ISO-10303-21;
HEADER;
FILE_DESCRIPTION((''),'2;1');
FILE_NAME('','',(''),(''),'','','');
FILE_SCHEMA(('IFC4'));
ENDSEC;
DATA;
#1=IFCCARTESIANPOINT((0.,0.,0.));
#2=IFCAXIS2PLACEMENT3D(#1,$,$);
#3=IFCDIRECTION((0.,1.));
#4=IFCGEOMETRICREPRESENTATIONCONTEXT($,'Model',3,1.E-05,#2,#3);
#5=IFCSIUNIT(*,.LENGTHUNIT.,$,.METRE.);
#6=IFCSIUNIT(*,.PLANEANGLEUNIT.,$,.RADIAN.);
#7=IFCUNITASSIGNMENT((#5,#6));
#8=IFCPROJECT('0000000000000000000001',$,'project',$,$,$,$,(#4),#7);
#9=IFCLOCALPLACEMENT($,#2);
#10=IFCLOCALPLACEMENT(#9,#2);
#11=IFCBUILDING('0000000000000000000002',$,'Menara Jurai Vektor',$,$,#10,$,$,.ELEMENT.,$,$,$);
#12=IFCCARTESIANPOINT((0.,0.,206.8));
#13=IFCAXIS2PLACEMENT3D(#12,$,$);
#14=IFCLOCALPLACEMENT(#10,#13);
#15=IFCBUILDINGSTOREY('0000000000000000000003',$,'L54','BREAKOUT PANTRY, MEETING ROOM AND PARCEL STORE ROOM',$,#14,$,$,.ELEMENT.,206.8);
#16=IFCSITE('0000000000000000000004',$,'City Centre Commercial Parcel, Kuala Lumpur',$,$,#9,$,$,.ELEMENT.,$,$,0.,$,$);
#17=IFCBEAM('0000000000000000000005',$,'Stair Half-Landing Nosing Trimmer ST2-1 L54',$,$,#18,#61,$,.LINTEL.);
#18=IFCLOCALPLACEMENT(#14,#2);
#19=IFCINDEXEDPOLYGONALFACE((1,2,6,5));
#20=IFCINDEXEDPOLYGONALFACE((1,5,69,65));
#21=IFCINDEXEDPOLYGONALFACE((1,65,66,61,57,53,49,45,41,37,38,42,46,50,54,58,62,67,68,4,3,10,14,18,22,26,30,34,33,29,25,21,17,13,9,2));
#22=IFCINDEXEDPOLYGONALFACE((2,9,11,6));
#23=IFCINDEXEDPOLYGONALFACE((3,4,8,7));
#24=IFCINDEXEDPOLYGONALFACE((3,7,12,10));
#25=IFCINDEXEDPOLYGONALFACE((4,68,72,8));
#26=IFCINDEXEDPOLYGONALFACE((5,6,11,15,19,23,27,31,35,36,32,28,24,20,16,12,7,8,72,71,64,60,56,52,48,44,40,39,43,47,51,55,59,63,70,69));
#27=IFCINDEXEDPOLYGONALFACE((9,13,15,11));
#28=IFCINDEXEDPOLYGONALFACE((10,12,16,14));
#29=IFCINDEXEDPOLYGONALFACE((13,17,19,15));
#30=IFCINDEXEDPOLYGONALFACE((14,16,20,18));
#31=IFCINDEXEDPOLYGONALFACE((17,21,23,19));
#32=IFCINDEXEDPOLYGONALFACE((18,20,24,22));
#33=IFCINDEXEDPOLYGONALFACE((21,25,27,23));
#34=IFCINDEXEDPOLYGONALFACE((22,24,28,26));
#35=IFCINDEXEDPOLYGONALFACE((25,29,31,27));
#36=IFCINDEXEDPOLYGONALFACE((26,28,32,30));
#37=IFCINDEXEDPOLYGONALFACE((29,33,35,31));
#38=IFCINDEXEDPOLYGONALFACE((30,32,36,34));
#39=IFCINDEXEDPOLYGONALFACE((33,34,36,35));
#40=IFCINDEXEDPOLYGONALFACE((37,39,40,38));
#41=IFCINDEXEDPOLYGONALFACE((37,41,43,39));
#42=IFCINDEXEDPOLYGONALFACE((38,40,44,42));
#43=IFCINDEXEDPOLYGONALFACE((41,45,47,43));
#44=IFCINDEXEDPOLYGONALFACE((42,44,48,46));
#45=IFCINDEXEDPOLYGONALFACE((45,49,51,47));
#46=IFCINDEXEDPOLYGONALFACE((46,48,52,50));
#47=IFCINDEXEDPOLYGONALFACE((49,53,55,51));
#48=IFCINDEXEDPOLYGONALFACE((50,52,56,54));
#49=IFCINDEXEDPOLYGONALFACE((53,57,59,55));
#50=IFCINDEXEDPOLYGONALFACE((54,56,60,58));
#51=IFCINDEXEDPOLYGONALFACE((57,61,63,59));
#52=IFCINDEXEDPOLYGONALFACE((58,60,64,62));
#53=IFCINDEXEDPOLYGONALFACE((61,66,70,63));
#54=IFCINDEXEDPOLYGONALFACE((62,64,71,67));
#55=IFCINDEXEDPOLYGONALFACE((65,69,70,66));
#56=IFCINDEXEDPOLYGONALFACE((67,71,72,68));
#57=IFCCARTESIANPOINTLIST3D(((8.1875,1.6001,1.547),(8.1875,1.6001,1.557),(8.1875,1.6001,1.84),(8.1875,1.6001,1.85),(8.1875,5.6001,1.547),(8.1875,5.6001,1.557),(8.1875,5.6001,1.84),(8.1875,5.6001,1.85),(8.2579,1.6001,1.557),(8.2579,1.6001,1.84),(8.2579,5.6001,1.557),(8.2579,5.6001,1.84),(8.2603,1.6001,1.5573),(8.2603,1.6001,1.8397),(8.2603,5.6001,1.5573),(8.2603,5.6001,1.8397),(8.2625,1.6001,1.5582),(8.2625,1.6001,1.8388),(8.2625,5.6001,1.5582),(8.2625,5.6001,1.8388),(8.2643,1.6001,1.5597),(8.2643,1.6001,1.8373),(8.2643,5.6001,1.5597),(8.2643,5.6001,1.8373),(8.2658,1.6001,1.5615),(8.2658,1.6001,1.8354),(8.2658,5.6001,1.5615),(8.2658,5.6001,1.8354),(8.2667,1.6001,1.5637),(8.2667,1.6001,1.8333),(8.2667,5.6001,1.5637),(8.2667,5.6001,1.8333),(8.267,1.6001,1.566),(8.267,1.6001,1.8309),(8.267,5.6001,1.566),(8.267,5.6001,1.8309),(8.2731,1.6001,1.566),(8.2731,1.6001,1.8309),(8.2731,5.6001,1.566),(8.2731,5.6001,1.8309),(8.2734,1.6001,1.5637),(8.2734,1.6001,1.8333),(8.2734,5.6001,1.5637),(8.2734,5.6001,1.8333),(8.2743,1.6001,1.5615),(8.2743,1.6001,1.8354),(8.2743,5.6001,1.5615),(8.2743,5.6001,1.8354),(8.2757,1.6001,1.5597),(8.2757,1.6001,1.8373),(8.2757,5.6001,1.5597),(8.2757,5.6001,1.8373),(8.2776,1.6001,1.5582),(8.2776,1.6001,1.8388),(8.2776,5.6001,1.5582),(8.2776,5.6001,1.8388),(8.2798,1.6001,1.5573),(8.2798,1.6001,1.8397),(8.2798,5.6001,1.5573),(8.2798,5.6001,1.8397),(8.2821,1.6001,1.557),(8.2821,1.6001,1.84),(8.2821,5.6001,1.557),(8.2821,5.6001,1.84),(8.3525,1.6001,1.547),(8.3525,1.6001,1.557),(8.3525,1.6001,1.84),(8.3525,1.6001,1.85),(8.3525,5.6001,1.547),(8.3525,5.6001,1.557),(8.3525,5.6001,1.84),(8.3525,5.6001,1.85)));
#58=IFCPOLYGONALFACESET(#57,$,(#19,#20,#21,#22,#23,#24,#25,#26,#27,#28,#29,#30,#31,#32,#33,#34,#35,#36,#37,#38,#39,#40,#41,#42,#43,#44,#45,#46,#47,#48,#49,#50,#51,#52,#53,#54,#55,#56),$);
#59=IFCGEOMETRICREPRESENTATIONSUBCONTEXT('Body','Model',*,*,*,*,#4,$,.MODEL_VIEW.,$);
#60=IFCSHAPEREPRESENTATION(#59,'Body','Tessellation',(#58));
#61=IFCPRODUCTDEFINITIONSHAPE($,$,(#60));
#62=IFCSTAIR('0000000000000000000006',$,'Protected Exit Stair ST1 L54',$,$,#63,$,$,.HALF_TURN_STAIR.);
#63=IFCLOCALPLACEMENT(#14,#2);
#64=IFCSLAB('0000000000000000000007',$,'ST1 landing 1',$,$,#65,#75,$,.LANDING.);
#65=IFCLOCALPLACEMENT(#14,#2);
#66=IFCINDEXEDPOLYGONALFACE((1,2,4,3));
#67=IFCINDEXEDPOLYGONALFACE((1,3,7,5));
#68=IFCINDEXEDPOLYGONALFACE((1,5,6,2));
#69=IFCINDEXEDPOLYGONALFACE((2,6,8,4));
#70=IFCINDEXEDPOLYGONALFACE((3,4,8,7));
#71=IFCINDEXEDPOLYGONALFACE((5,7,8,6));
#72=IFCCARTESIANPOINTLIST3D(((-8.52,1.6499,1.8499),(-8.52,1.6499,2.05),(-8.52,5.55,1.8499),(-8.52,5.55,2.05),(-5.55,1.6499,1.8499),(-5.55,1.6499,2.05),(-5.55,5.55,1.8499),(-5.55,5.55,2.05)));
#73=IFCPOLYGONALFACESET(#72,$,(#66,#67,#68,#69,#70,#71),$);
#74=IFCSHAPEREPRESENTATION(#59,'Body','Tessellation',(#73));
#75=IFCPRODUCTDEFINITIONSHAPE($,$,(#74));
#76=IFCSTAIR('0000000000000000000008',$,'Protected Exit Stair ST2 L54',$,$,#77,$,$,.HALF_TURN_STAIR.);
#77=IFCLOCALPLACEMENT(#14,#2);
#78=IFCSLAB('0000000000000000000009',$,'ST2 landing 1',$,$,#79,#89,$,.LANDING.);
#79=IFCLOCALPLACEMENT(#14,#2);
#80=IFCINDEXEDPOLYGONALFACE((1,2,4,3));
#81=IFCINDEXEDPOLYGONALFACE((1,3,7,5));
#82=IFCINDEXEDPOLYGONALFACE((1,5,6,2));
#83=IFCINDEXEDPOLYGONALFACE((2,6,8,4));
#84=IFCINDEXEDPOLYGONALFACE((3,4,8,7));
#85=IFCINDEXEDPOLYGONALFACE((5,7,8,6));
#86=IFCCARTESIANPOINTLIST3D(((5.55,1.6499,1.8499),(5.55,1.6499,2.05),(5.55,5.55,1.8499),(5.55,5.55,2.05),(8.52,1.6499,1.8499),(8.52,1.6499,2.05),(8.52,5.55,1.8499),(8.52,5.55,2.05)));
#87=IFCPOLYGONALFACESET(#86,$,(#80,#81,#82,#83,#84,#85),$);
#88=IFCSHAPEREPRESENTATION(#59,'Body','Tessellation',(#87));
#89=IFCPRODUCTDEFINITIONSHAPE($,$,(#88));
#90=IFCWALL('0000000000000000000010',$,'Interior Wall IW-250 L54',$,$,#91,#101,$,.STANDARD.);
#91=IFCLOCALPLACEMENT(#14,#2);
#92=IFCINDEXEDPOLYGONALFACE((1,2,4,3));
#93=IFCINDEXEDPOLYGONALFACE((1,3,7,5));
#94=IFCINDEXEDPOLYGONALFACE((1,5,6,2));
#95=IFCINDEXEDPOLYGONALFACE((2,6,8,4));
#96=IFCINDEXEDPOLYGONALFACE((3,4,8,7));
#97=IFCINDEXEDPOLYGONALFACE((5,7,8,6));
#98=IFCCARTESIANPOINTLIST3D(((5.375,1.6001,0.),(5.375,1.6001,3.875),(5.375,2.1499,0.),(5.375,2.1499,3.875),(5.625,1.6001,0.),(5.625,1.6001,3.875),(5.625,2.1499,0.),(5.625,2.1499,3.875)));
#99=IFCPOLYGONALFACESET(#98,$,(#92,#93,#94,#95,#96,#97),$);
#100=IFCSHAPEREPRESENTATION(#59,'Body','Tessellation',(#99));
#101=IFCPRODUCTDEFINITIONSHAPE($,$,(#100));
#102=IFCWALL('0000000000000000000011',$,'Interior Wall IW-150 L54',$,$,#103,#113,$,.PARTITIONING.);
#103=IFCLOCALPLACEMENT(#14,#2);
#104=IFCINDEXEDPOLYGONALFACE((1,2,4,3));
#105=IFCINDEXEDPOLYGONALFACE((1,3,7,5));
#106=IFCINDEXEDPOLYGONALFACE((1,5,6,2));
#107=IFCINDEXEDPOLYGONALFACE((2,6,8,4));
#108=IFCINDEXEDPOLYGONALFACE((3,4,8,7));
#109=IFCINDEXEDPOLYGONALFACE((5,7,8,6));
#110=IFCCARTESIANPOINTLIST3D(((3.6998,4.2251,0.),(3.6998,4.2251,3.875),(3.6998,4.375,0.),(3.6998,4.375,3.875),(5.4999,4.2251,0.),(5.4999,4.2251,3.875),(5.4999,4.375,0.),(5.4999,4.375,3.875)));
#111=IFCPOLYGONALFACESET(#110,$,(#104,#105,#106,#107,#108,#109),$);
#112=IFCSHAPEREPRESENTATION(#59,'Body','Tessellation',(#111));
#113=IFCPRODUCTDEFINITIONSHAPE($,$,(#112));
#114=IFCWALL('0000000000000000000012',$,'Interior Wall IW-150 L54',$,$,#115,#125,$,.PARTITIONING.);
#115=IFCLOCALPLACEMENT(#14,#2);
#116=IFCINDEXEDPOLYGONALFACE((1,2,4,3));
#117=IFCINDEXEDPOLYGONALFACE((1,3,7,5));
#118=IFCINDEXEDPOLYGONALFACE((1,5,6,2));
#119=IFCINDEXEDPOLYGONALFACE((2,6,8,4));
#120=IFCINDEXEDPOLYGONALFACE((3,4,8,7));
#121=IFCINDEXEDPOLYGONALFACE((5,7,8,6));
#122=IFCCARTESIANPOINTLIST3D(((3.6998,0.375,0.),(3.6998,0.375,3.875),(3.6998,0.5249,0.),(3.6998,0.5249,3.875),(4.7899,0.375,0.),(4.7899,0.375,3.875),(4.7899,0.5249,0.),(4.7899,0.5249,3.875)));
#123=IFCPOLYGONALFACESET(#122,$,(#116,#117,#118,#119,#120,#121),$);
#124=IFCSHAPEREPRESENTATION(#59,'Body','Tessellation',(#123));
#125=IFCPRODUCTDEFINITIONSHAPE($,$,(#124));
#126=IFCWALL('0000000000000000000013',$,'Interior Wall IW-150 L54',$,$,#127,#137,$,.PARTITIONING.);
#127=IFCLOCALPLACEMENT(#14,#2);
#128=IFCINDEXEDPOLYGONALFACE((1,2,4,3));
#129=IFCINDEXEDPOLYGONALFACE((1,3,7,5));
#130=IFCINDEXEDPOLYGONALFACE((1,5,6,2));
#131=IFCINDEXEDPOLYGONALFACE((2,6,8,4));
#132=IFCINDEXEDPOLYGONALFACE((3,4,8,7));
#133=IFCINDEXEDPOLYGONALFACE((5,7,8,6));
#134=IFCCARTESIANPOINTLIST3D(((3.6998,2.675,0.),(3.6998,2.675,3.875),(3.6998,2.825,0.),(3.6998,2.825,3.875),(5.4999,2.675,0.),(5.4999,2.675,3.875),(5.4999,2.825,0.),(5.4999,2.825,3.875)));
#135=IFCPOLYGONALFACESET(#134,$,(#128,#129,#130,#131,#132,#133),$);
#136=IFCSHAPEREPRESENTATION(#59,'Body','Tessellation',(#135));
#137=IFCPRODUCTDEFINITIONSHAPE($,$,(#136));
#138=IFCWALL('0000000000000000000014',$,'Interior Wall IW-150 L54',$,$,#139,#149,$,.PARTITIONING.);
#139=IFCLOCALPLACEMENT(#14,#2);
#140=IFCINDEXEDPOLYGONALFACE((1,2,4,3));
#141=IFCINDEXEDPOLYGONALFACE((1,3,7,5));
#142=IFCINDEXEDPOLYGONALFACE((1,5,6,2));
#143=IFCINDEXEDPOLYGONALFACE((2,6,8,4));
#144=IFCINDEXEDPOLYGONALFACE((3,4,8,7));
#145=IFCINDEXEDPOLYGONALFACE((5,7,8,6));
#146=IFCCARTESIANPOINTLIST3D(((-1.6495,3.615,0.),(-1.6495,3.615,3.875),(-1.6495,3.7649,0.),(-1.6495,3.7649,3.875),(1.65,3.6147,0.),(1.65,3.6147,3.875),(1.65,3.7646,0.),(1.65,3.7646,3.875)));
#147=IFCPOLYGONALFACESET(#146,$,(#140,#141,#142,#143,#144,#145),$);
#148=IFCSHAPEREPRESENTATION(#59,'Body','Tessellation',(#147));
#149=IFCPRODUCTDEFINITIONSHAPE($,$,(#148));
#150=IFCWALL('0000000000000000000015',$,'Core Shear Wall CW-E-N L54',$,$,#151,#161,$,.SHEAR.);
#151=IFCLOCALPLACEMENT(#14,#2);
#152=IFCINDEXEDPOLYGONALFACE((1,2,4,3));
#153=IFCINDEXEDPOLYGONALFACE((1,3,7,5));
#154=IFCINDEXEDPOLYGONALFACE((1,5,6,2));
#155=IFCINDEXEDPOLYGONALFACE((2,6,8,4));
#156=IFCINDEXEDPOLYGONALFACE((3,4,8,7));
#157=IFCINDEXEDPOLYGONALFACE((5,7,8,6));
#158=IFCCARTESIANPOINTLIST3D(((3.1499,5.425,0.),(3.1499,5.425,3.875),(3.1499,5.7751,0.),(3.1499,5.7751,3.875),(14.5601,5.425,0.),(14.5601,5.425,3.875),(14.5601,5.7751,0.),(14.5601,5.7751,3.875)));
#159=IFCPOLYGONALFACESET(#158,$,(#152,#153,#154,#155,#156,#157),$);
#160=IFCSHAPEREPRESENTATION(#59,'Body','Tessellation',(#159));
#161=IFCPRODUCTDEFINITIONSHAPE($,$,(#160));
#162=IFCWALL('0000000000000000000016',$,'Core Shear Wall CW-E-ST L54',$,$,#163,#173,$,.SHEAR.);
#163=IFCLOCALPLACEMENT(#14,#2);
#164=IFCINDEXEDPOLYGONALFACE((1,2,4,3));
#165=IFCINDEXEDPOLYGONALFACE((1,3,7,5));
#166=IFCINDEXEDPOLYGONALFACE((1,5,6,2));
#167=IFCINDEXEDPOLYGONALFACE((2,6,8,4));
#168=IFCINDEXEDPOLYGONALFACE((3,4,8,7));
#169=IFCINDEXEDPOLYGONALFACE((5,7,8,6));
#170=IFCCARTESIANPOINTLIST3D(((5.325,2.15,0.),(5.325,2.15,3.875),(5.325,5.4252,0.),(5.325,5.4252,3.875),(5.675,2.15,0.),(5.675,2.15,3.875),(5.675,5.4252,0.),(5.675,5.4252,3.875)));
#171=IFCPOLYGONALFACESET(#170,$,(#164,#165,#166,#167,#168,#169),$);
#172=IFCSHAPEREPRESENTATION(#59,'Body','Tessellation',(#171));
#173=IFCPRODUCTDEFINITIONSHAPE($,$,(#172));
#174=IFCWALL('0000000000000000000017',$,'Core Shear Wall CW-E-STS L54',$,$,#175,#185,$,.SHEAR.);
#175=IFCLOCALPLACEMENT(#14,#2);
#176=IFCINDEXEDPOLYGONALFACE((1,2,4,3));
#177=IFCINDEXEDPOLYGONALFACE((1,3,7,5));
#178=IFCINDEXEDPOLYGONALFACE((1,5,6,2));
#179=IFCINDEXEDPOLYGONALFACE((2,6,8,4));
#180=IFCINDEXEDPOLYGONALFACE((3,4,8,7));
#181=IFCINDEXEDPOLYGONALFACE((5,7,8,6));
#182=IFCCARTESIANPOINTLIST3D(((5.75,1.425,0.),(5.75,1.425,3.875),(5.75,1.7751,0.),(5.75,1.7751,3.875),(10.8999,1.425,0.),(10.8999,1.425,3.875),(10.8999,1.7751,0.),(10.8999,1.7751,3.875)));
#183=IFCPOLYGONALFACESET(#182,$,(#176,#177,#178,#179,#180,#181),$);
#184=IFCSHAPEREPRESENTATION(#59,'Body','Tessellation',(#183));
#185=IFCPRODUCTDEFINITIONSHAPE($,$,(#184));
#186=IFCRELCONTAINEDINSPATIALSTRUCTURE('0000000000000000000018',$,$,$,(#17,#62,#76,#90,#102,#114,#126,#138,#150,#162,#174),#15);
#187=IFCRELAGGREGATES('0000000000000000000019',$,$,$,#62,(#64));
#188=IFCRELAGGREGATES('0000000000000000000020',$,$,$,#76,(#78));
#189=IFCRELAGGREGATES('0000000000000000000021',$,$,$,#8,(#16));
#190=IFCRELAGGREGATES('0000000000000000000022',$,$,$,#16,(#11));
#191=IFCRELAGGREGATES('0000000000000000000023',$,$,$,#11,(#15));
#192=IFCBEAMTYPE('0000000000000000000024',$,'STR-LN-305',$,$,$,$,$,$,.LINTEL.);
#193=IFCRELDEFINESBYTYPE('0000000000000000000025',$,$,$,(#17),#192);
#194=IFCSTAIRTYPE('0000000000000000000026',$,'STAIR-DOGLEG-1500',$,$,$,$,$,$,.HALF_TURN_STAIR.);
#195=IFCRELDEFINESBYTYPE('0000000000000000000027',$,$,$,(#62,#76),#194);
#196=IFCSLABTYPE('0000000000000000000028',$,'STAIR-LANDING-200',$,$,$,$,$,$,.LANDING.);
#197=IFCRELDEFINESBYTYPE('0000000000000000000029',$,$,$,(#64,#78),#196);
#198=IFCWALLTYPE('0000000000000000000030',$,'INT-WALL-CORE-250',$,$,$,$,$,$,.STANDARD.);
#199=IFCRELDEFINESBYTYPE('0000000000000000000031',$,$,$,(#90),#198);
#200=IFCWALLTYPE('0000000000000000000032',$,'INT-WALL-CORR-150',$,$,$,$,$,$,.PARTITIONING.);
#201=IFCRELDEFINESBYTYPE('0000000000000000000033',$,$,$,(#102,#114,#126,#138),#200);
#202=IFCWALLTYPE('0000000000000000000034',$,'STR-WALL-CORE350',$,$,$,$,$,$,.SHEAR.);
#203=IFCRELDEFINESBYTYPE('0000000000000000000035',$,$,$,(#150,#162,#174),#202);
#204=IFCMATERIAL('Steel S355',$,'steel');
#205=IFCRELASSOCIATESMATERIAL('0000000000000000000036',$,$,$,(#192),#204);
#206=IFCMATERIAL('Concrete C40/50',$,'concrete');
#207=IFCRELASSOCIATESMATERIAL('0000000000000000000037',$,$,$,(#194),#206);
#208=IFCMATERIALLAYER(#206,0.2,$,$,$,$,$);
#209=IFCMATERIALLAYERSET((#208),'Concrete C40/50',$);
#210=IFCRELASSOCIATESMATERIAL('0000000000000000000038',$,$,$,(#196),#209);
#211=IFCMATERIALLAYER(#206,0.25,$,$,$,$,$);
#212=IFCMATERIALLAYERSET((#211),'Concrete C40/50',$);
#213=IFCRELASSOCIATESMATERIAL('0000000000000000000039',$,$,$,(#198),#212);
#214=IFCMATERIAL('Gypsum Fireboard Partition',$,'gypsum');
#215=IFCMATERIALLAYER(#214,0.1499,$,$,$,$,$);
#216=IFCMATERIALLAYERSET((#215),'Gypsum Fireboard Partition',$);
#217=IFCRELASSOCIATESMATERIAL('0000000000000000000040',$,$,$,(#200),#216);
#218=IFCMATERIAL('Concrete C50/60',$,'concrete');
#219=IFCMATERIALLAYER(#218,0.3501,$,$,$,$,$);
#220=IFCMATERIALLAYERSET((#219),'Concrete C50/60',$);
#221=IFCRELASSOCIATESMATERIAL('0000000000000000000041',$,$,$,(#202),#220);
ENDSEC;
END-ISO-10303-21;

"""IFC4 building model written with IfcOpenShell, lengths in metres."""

from ifc_helpers import new_model, si_unit, direction, frame, frame_2d, origin, origin_2d, place, context, subcontext, project, spatial, polyline, rectangle, i_section, outline, extrude, material, layer, layer_set, material_profile, profile_set, type_object, element, aggregate, save


model = new_model("IFC4")

# Units and contexts
model_context = context("Model", 3, precision=1e-05, world=origin(), true_north=direction((0.0, 1.0)))
body_context = subcontext(model_context, "Body", "Model", "MODEL_VIEW")
ifc_project = project(units=[si_unit("LENGTHUNIT", "METRE"), si_unit("PLANEANGLEUNIT", "RADIAN")], contexts=[model_context])

# Site, building, storey
site_placement = place(None, origin())
site = spatial("IfcSite", under=ifc_project, at=site_placement, Name="City Centre Commercial Parcel, Kuala Lumpur", CompositionType="ELEMENT", RefElevation=0.0)
building_placement = place(site_placement, origin())
building = spatial("IfcBuilding", under=site, at=building_placement, Name="Menara Jurai Vektor", CompositionType="ELEMENT")
storey_placement = place(building_placement, frame((0.0, 0.0, 206.8)))
storey = spatial("IfcBuildingStorey", under=building, at=storey_placement, Name="L54", Description="BREAKOUT PANTRY, MEETING ROOM AND PARCEL STORE ROOM", CompositionType="ELEMENT", Elevation=206.8)

# Shared definitions
ifc_material_1 = material(Name="Concrete C50/60", Category="concrete")
ifc_material_2 = material(Name="Steel S355", Category="steel")

# Beam
ifc_material_profile_1 = material_profile(ifc_material_2, i_section(OverallWidth=0.165, OverallDepth=0.303, WebThickness=0.0061, FlangeThickness=0.01, FilletRadius=0.009, at=origin_2d()), Name="UKB 305x165x40")
ifc_profile_set_1 = profile_set([ifc_material_profile_1], Name="Steel S355")
beam_type_1 = type_object("IfcBeamType", Name="STR-LN-305", PredefinedType="LINTEL", material=ifc_profile_set_1)
beam_1_placement = place(storey_placement, frame((8.27, 1.6001, 1.6985), z_axis=(0.0, 1.0, 0.0), x_axis=(-1.0, 0.0, 0.0)))
element("IfcBeam", 1, at=beam_1_placement, inside=storey, type_object=beam_type_1, Name="Stair Half-Landing Nosing Trimmer ST2-1 L54", PredefinedType="LINTEL", context=body_context, shape_type="SweptSolid", body=[
    extrude(i_section(OverallWidth=0.165, OverallDepth=0.303, WebThickness=0.0061, FlangeThickness=0.01, FilletRadius=0.009, at=origin_2d()), origin(), (0.0, 0.0, 1.0), 4.0),
])

# Stairs, slabs
ifc_material_3 = material(Name="Concrete C40/50", Category="concrete")
stair_type = type_object("IfcStairType", Name="STAIR-DOGLEG-1500", PredefinedType="HALF_TURN_STAIR", material=ifc_material_3)
stair_1_placement = place(storey_placement, origin())
stair_1 = element("IfcStair", 2, at=stair_1_placement, inside=storey, type_object=stair_type, Name="Protected Exit Stair ST1 L54", PredefinedType="HALF_TURN_STAIR")
ifc_layer_1 = layer(ifc_material_3, 0.2)
ifc_layer_set_1 = layer_set([ifc_layer_1], Name="Concrete C40/50")
slab_type = type_object("IfcSlabType", Name="STAIR-LANDING-200", PredefinedType="LANDING", material=ifc_layer_set_1)
slab_1_placement = place(storey_placement, frame((0.0, 0.0, 1.8499)))
slab_1 = element("IfcSlab", 3, at=slab_1_placement, type_object=slab_type, Name="ST1 landing 1", PredefinedType="LANDING", context=body_context, shape_type="SweptSolid", body=[
    extrude(outline(polyline([(-8.52, 1.6499), (-5.55, 1.6499), (-5.55, 5.55), (-8.52, 5.55), (-8.52, 1.6499)])), origin(), (0.0, 0.0, 1.0), 0.2002),
])
aggregate(stair_1, [slab_1])
stair_2_placement = place(storey_placement, origin())
stair_2 = element("IfcStair", 4, at=stair_2_placement, inside=storey, type_object=stair_type, Name="Protected Exit Stair ST2 L54", PredefinedType="HALF_TURN_STAIR")
slab_2_placement = place(storey_placement, frame((0.0, 0.0, 1.8499)))
slab_2 = element("IfcSlab", 5, at=slab_2_placement, type_object=slab_type, Name="ST2 landing 1", PredefinedType="LANDING", context=body_context, shape_type="SweptSolid", body=[
    extrude(outline(polyline([(5.55, 1.6499), (8.52, 1.6499), (8.52, 5.55), (5.55, 5.55), (5.55, 1.6499)])), origin(), (0.0, 0.0, 1.0), 0.2002),
])

# Shared definitions
ifc_layer_2 = layer(ifc_material_3, 0.25)
ifc_layer_set_2 = layer_set([ifc_layer_2], Name="Concrete C40/50")
wall_type_1 = type_object("IfcWallType", Name="INT-WALL-CORE-250", PredefinedType="STANDARD", material=ifc_layer_set_2)

# Walls
wall_1_placement = place(storey_placement, frame((5.5, 1.6001, 0.0), z_axis=(0.0, 0.0, 1.0), x_axis=(0.0, 1.0, 0.0)))
element("IfcWall", 6, at=wall_1_placement, inside=storey, type_object=wall_type_1, Name="Interior Wall IW-250 L54", PredefinedType="STANDARD", context=body_context, shape_type="SweptSolid", body=[
    extrude(rectangle(XDim=0.5498, YDim=0.25, at=frame_2d((0.2749, 0.0))), origin(), (0.0, 0.0, 1.0), 3.875),
])
ifc_material_4 = material(Name="Gypsum Fireboard Partition", Category="gypsum")
ifc_layer_3 = layer(ifc_material_4, 0.1499)
ifc_layer_set_3 = layer_set([ifc_layer_3], Name="Gypsum Fireboard Partition")
wall_type_2 = type_object("IfcWallType", Name="INT-WALL-CORR-150", PredefinedType="PARTITIONING", material=ifc_layer_set_3)
wall_2_placement = place(storey_placement, frame((3.7, 4.3, 0.0), z_axis=(0.0, 0.0, 1.0), x_axis=(1.0, 0.0, 0.0)))
element("IfcWall", 7, at=wall_2_placement, inside=storey, type_object=wall_type_2, Name="Interior Wall IW-150 L54", PredefinedType="PARTITIONING", context=body_context, shape_type="SweptSolid", body=[
    extrude(rectangle(XDim=1.8, YDim=0.1499, at=frame_2d((0.8999, 0.0))), origin(), (0.0, 0.0, 1.0), 3.875),
])
wall_3_placement = place(storey_placement, frame((3.7, 0.45, 0.0), z_axis=(0.0, 0.0, 1.0), x_axis=(1.0, 0.0, 0.0)))
element("IfcWall", 8, at=wall_3_placement, inside=storey, type_object=wall_type_2, Name="Interior Wall IW-150 L54", PredefinedType="PARTITIONING", context=body_context, shape_type="SweptSolid", body=[
    extrude(rectangle(XDim=1.0901, YDim=0.1499, at=frame_2d((0.5449, 0.0))), origin(), (0.0, 0.0, 1.0), 3.875),
])
wall_4_placement = place(storey_placement, frame((3.7, 2.75, 0.0), z_axis=(0.0, 0.0, 1.0), x_axis=(1.0, 0.0, 0.0)))
element("IfcWall", 9, at=wall_4_placement, inside=storey, type_object=wall_type_2, Name="Interior Wall IW-150 L54", PredefinedType="PARTITIONING", context=body_context, shape_type="SweptSolid", body=[
    extrude(rectangle(XDim=1.8, YDim=0.1499, at=frame_2d((0.8999, 0.0))), origin(), (0.0, 0.0, 1.0), 3.875),
])
wall_5_placement = place(storey_placement, frame((-1.6497, 3.6899, 0.0), z_axis=(0.0, 0.0, 1.0), x_axis=(1.0, -0.000074, 0.0)))
element("IfcWall", 10, at=wall_5_placement, inside=storey, type_object=wall_type_2, Name="Interior Wall IW-150 L54", PredefinedType="PARTITIONING", context=body_context, shape_type="SweptSolid", body=[
    extrude(rectangle(XDim=3.2996, YDim=0.1499, at=frame_2d((1.6499, 0.0))), origin(), (0.0, 0.0, 1.0), 3.875),
])
ifc_layer_4 = layer(ifc_material_1, 0.3501)
ifc_layer_set_4 = layer_set([ifc_layer_4], Name="Concrete C50/60")
wall_type_3 = type_object("IfcWallType", Name="STR-WALL-CORE350", PredefinedType="SHEAR", material=ifc_layer_set_4)
wall_6_placement = place(storey_placement, frame((3.1499, 5.6001, 0.0), z_axis=(0.0, 0.0, 1.0), x_axis=(1.0, 0.0, 0.0)))
element("IfcWall", 11, at=wall_6_placement, inside=storey, type_object=wall_type_3, Name="Core Shear Wall CW-E-N L54", PredefinedType="SHEAR", context=body_context, shape_type="SweptSolid", body=[
    extrude(rectangle(XDim=11.4102, YDim=0.3501, at=frame_2d((5.7051, 0.0))), origin(), (0.0, 0.0, 1.0), 3.875),
])
wall_7_placement = place(storey_placement, frame((5.5, 2.1499, 0.0), z_axis=(0.0, 0.0, 1.0), x_axis=(0.0, 1.0, 0.0)))
element("IfcWall", 12, at=wall_7_placement, inside=storey, type_object=wall_type_3, Name="Core Shear Wall CW-E-ST L54", PredefinedType="SHEAR", context=body_context, shape_type="SweptSolid", body=[
    extrude(rectangle(XDim=3.2751, YDim=0.3501, at=frame_2d((1.6377, 0.0))), origin(), (0.0, 0.0, 1.0), 3.875),
])
wall_8_placement = place(storey_placement, frame((5.75, 1.6001, 0.0), z_axis=(0.0, 0.0, 1.0), x_axis=(1.0, 0.0, 0.0)))
element("IfcWall", 13, at=wall_8_placement, inside=storey, type_object=wall_type_3, Name="Core Shear Wall CW-E-STS L54", PredefinedType="SHEAR", context=body_context, shape_type="SweptSolid", body=[
    extrude(rectangle(XDim=5.1499, YDim=0.3501, at=frame_2d((2.575, 0.0))), origin(), (0.0, 0.0, 1.0), 3.875),
])

aggregate(stair_2, [slab_2])

save(model, "model.ifc")
